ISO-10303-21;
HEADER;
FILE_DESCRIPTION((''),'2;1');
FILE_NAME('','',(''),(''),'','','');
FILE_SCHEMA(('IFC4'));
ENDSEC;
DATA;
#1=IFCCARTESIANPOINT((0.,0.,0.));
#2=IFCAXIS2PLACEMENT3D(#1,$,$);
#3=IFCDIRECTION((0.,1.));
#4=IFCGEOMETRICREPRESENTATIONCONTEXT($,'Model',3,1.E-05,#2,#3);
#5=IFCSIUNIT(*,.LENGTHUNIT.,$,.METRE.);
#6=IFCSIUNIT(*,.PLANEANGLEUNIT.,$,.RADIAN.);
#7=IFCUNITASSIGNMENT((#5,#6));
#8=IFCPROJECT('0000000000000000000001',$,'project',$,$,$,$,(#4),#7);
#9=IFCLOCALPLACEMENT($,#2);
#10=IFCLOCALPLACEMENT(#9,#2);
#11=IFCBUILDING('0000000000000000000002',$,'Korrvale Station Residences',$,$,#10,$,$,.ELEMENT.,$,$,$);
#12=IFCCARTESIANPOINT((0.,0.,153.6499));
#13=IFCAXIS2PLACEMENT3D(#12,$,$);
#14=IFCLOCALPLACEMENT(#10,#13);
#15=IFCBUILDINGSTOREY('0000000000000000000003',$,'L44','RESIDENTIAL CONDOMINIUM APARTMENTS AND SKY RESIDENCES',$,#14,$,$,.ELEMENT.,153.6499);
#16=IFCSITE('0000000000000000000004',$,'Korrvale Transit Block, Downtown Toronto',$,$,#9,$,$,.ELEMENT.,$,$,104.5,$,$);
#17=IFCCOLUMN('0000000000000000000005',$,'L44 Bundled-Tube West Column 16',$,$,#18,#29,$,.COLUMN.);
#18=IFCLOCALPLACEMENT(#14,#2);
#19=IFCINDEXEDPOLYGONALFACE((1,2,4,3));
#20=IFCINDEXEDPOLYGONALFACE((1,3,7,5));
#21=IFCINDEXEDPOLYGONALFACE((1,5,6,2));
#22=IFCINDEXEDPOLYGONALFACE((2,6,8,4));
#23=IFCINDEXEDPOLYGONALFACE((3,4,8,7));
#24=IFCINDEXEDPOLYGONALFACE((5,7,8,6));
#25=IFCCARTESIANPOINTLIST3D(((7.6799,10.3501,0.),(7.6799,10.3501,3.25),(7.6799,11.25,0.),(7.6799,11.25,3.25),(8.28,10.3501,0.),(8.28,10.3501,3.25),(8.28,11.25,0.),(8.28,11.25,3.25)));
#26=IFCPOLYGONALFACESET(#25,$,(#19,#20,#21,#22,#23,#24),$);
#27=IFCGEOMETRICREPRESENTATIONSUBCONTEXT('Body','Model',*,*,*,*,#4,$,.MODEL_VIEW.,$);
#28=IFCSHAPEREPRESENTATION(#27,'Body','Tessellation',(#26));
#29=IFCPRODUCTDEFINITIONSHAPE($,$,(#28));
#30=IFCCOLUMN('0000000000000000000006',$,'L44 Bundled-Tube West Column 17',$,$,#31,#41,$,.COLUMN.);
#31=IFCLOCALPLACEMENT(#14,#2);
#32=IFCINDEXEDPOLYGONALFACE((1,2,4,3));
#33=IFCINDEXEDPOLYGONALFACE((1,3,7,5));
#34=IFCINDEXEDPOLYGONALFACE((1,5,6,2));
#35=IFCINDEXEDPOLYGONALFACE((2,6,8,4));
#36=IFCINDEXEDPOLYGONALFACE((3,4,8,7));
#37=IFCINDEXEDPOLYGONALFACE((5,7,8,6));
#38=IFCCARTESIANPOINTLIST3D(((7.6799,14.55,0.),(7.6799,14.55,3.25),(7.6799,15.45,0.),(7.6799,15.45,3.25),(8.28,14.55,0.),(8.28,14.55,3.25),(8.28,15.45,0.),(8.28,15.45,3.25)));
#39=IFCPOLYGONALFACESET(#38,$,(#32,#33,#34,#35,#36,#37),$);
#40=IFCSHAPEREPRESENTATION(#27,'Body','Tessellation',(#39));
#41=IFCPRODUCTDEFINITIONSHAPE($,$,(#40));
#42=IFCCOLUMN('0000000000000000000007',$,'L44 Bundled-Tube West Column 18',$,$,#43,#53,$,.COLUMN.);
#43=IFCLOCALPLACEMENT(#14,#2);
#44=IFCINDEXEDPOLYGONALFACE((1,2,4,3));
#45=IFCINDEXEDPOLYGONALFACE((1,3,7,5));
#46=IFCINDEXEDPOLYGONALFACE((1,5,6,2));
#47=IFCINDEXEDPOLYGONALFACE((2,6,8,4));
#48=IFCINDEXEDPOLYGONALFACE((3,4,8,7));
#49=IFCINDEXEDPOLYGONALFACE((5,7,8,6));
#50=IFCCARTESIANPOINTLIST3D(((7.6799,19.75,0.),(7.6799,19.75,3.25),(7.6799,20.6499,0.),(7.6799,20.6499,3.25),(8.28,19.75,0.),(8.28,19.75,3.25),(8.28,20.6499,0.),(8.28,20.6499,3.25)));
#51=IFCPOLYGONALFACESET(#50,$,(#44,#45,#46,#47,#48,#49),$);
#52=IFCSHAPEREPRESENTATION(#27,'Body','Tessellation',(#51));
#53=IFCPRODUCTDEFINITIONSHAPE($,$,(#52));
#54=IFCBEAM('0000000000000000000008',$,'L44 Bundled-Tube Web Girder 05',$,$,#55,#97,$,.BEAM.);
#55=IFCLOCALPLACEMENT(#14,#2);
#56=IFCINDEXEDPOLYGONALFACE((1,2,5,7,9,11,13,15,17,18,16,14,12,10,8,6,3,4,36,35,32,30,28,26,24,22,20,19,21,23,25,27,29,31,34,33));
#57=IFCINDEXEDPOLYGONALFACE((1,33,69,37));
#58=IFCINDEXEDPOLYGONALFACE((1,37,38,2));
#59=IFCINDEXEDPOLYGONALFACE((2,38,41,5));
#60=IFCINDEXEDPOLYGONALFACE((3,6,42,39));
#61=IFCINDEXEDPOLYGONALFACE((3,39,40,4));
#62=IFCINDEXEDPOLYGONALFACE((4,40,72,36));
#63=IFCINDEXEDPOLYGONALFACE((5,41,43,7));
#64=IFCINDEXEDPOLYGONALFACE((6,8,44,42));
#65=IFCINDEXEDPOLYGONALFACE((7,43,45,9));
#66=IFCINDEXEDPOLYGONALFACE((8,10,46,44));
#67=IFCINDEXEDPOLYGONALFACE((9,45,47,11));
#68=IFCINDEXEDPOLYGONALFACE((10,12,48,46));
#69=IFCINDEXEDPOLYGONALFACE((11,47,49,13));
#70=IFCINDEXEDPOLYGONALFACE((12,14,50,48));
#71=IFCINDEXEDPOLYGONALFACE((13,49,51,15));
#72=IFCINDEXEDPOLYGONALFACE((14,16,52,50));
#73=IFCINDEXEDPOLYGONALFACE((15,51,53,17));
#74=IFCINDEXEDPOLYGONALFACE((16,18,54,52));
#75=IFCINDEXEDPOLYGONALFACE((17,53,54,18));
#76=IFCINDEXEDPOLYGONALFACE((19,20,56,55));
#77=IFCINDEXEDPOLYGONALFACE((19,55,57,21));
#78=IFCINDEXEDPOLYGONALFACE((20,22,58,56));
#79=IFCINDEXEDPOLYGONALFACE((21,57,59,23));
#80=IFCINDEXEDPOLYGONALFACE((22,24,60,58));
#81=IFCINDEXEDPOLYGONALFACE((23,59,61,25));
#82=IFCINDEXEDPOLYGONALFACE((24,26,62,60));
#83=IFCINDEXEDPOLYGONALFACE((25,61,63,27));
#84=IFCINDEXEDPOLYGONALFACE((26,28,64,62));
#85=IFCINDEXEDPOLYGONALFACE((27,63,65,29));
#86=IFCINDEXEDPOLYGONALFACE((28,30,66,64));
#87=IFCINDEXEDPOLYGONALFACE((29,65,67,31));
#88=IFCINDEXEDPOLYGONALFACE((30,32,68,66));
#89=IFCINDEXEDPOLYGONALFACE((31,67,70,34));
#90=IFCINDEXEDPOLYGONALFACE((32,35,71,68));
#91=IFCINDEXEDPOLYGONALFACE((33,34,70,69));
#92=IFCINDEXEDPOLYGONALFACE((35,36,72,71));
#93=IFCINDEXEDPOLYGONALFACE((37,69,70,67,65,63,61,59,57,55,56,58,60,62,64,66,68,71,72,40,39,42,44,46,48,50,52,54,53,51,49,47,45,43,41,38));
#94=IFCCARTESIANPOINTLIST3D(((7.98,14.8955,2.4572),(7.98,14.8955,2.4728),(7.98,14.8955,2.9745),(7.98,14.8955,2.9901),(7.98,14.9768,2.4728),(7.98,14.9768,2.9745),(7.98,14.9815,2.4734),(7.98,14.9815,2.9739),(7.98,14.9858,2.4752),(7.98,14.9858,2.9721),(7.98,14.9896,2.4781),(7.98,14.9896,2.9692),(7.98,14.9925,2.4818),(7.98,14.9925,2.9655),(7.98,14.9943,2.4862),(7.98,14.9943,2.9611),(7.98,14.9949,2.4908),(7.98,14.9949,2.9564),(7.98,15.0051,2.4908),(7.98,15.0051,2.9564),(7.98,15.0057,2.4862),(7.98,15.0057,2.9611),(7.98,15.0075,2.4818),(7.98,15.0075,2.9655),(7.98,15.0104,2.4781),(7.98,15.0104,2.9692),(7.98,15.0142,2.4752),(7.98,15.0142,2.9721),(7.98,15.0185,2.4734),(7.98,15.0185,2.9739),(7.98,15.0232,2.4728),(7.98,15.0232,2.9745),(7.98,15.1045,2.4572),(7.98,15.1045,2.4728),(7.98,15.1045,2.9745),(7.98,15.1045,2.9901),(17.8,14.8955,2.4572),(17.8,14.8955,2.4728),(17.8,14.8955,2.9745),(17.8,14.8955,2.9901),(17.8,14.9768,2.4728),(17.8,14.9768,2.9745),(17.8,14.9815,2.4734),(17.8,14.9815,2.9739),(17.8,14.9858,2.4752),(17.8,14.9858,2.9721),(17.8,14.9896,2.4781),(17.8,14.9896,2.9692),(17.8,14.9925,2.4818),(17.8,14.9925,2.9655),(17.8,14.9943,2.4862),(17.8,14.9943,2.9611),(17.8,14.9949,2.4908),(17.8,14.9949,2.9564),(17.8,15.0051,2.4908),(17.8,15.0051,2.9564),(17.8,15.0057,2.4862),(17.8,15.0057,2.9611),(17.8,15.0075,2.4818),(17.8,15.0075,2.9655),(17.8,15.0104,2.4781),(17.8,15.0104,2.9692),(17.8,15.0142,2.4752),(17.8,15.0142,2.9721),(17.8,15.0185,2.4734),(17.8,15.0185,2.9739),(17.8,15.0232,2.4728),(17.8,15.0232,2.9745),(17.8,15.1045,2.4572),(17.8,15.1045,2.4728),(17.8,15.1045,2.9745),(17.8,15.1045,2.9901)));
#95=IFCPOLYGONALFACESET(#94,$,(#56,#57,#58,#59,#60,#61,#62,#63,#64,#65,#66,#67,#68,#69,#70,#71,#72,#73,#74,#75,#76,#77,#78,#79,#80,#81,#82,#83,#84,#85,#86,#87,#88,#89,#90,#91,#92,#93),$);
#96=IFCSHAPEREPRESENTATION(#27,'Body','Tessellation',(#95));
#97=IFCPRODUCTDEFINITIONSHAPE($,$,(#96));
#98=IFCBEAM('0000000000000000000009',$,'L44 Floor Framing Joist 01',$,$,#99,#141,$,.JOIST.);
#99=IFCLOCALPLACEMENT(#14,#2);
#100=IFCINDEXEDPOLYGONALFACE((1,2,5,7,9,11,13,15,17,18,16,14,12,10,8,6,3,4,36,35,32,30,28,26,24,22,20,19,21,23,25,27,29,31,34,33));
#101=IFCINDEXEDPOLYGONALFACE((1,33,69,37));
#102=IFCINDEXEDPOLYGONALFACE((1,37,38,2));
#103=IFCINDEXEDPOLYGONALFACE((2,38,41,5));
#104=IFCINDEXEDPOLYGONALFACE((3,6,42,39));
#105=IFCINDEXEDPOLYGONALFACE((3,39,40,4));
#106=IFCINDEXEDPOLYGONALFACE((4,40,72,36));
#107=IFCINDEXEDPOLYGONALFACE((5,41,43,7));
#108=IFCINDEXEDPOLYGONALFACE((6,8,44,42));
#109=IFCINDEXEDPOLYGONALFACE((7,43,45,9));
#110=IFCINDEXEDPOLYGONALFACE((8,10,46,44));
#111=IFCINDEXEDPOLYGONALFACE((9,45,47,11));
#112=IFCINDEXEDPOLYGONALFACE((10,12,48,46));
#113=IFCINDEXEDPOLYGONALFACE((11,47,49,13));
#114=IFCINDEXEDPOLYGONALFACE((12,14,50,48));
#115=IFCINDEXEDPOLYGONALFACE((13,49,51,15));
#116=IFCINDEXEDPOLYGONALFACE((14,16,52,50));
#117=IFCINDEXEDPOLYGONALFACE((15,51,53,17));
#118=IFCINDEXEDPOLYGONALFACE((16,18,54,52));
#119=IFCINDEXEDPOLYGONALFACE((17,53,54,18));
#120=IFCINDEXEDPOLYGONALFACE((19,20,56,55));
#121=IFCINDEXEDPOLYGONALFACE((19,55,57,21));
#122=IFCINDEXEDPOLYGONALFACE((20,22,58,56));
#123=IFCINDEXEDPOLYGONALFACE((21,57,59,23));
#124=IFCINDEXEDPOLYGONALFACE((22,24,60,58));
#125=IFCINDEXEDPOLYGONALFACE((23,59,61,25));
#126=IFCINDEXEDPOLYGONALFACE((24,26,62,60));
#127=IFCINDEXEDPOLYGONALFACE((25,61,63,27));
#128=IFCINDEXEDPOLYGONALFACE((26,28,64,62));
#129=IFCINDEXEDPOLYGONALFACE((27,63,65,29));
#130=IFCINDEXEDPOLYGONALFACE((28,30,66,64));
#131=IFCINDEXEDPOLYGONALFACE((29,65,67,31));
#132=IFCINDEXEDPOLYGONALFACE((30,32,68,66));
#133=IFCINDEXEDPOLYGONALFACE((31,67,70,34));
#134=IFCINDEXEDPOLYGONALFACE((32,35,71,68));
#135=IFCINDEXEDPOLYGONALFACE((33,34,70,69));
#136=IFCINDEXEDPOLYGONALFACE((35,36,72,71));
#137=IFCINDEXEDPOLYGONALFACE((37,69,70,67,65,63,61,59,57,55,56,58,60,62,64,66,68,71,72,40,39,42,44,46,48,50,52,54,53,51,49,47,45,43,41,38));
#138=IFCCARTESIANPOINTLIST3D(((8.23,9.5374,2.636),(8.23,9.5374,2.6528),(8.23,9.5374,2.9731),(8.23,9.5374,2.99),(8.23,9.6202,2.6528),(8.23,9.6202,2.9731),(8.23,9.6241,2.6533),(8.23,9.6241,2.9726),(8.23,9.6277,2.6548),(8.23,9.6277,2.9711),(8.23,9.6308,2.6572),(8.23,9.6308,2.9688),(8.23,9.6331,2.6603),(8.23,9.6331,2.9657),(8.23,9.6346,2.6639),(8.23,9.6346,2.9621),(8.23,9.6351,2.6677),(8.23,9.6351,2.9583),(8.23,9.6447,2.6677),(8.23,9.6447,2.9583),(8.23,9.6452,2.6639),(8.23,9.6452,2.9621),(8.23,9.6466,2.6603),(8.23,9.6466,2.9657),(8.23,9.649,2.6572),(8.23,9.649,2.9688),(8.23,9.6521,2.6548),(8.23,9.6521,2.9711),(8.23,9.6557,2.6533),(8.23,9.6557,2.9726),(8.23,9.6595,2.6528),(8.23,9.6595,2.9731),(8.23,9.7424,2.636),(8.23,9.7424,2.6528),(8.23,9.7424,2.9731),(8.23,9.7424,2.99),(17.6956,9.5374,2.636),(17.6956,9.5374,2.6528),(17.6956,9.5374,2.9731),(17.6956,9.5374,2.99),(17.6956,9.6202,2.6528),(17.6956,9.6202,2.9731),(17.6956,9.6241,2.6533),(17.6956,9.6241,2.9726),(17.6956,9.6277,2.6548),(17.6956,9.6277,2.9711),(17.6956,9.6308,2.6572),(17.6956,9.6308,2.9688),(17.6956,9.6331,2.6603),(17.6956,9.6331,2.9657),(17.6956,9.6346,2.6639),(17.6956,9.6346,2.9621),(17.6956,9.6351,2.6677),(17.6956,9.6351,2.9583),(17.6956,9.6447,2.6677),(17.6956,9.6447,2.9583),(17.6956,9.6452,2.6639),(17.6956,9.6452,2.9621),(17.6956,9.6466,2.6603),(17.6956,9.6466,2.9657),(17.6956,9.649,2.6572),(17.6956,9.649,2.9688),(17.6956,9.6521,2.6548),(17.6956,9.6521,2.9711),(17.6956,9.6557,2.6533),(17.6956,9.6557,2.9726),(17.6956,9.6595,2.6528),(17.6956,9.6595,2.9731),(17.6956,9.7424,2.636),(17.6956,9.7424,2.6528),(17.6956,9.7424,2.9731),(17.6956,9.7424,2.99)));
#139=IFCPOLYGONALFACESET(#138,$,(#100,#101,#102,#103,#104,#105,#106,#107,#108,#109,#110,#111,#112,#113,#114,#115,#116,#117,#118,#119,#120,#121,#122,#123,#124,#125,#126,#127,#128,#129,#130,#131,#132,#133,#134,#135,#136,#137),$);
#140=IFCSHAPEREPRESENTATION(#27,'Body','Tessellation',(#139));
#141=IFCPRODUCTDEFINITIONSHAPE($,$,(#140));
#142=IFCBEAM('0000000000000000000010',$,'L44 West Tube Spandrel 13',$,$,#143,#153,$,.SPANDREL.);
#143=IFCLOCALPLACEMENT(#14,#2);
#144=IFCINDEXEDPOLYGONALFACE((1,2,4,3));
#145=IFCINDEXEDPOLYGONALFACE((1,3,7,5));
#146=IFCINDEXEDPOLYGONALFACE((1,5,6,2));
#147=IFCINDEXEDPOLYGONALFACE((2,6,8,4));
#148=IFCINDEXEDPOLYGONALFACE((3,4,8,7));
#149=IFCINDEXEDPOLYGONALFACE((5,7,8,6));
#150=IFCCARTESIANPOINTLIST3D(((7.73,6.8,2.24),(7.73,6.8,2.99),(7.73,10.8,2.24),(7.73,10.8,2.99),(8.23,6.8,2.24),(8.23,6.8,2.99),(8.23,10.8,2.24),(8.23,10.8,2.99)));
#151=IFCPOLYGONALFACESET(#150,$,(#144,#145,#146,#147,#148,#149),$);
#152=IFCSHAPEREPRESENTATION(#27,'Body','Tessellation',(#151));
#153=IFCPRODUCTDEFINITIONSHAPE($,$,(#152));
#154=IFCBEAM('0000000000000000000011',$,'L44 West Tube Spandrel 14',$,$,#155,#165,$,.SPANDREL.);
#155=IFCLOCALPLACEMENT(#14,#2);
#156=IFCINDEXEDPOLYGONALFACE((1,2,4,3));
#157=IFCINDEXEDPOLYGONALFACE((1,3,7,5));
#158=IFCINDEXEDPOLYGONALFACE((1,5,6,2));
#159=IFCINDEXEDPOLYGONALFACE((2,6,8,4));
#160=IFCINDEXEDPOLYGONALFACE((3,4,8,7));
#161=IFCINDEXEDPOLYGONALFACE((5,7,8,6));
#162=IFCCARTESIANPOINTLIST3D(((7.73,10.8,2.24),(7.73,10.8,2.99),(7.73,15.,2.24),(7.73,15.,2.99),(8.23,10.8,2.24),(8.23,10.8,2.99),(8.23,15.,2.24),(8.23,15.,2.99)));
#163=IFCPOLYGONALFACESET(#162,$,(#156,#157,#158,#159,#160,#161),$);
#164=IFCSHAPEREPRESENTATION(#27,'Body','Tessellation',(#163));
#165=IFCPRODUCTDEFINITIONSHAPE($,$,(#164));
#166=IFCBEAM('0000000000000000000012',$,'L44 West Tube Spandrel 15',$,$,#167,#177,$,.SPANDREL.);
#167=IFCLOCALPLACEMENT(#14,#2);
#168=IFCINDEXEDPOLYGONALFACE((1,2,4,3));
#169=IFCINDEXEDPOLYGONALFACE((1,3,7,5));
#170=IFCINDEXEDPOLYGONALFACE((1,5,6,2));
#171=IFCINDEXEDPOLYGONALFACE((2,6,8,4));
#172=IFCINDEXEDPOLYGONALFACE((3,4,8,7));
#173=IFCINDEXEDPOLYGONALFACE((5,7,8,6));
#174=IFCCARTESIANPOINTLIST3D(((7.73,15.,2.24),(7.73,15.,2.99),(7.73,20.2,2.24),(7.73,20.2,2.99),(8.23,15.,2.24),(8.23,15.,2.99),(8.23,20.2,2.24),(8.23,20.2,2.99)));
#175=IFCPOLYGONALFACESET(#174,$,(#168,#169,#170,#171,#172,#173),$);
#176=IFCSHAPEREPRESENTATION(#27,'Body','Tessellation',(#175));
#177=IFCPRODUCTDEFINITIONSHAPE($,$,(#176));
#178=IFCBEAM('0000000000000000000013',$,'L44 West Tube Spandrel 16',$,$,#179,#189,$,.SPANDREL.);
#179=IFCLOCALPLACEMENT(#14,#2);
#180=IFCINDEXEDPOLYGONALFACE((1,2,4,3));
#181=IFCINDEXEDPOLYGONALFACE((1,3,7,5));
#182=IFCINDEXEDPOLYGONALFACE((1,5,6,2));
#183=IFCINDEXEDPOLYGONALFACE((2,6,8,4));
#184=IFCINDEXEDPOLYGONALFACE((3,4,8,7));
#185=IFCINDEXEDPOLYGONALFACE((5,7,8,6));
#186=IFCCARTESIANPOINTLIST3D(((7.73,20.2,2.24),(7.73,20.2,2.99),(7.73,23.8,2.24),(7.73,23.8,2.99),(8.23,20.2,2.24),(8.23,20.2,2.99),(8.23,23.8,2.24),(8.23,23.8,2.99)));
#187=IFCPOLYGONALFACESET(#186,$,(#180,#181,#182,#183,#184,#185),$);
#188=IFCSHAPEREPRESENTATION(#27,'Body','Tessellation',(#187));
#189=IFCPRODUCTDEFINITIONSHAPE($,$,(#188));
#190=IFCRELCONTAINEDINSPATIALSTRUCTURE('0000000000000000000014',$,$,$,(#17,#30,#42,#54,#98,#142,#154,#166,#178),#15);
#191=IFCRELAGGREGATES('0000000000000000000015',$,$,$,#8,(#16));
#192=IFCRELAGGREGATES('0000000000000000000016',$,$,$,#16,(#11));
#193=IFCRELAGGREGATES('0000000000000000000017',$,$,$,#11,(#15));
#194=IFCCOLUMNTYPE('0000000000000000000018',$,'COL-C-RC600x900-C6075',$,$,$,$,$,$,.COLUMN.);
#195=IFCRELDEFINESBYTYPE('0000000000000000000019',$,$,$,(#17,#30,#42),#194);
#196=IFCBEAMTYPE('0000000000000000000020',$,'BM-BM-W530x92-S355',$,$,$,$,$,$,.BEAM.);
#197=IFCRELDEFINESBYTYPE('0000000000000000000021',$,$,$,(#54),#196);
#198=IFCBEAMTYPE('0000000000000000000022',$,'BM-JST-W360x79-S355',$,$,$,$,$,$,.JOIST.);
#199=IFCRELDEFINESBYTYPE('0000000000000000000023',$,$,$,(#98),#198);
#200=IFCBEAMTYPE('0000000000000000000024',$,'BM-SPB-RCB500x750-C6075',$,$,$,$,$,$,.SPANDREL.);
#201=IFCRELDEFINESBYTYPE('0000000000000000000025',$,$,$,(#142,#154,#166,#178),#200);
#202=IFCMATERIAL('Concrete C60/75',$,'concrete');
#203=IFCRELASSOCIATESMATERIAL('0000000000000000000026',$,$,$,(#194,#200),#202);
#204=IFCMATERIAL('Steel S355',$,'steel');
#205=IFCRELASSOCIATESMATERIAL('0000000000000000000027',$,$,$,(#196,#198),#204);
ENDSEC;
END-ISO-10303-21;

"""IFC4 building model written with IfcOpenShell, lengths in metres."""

from ifc_helpers import new_model, si_unit, direction, frame, origin, origin_2d, place, context, subcontext, project, spatial, rectangle, i_section, extrude, material, material_profile, profile_set, type_object, element, save


model = new_model("IFC4")

# Units and contexts
model_context = context("Model", 3, precision=1e-05, world=origin(), true_north=direction((0.0, 1.0)))
body_context = subcontext(model_context, "Body", "Model", "MODEL_VIEW")
ifc_project = project(units=[si_unit("LENGTHUNIT", "METRE"), si_unit("PLANEANGLEUNIT", "RADIAN")], contexts=[model_context])

# Site, building, storey
site_placement = place(None, origin())
site = spatial("IfcSite", under=ifc_project, at=site_placement, Name="Korrvale Transit Block, Downtown Toronto", CompositionType="ELEMENT", RefElevation=104.5)
building_placement = place(site_placement, origin())
building = spatial("IfcBuilding", under=site, at=building_placement, Name="Korrvale Station Residences", CompositionType="ELEMENT")
storey_placement = place(building_placement, frame((0.0, 0.0, 153.6499)))
storey = spatial("IfcBuildingStorey", under=building, at=storey_placement, Name="L44", Description="RESIDENTIAL CONDOMINIUM APARTMENTS AND SKY RESIDENCES", CompositionType="ELEMENT", Elevation=153.6499)

# Columns
ifc_material_1 = material(Name="Concrete C60/75", Category="concrete")
ifc_material_profile_1 = material_profile(ifc_material_1, rectangle(XDim=0.6001, YDim=0.8999, at=origin_2d()), Name="RC600x900")
ifc_profile_set_1 = profile_set([ifc_material_profile_1], Name="Concrete C60/75")
column_type = type_object("IfcColumnType", Name="COL-C-RC600x900-C6075", PredefinedType="COLUMN", material=ifc_profile_set_1)
for number, where, z_axis, x_axis, name in (
    (1, (7.98, 10.8, 0.0), (0.0, 0.0, 1.0), (1.0, 0.0, 0.0), "L44 Bundled-Tube West Column 16"),
    (2, (7.98, 15.0, 0.0), (0.0, 0.0, 1.0), (1.0, 0.0, 0.0), "L44 Bundled-Tube West Column 17"),
    (3, (7.98, 20.2, 0.0), (0.0, 0.0, 1.0), (1.0, 0.0, 0.0), "L44 Bundled-Tube West Column 18"),
):
    element("IfcColumn", number, at=place(storey_placement, frame(where, z_axis=z_axis, x_axis=x_axis)), inside=storey, type_object=column_type, Name=name, PredefinedType="COLUMN", context=body_context, shape_type="SweptSolid", body=[
        extrude(rectangle(XDim=0.6001, YDim=0.8999, at=origin_2d()), origin(), (0.0, 0.0, 1.0), 3.25),
    ])

# Beams
ifc_material_2 = material(Name="Steel S355", Category="steel")
ifc_material_profile_2 = material_profile(ifc_material_2, i_section(OverallWidth=0.209, OverallDepth=0.533, WebThickness=0.0103, FlangeThickness=0.0156, FilletRadius=0.0181, at=origin_2d()), Name="W530x92")
ifc_profile_set_2 = profile_set([ifc_material_profile_2], Name="Steel S355")
beam_type_1 = type_object("IfcBeamType", Name="BM-BM-W530x92-S355", PredefinedType="BEAM", material=ifc_profile_set_2)
beam_1_placement = place(storey_placement, frame((7.98, 15.0, 2.7236), z_axis=(1.0, 0.0, 0.0), x_axis=(0.0, 1.0, 0.0)))
element("IfcBeam", 4, at=beam_1_placement, inside=storey, type_object=beam_type_1, Name="L44 Bundled-Tube Web Girder 05", PredefinedType="BEAM", context=body_context, shape_type="SweptSolid", body=[
    extrude(i_section(OverallWidth=0.209, OverallDepth=0.533, WebThickness=0.0103, FlangeThickness=0.0156, FilletRadius=0.0181, at=origin_2d()), origin(), (0.0, 0.0, 1.0), 9.8201),
])
ifc_material_profile_3 = material_profile(ifc_material_2, i_section(OverallWidth=0.2051, OverallDepth=0.354, WebThickness=0.0095, FlangeThickness=0.0168, FilletRadius=0.0149, at=origin_2d()), Name="W360x79")
ifc_profile_set_3 = profile_set([ifc_material_profile_3], Name="Steel S355")
beam_type_2 = type_object("IfcBeamType", Name="BM-JST-W360x79-S355", PredefinedType="JOIST", material=ifc_profile_set_3)
beam_2_placement = place(storey_placement, frame((8.23, 9.6399, 2.813), z_axis=(1.0, 0.0, 0.0), x_axis=(0.0, 1.0, 0.0)))
element("IfcBeam", 5, at=beam_2_placement, inside=storey, type_object=beam_type_2, Name="L44 Floor Framing Joist 01", PredefinedType="JOIST", context=body_context, shape_type="SweptSolid", body=[
    extrude(i_section(OverallWidth=0.2051, OverallDepth=0.354, WebThickness=0.0095, FlangeThickness=0.0168, FilletRadius=0.0149, at=origin_2d()), origin(), (0.0, 0.0, 1.0), 9.4656),
])
ifc_material_profile_4 = material_profile(ifc_material_1, rectangle(XDim=0.5, YDim=0.75, at=origin_2d()), Name="RCB500x750")
ifc_profile_set_4 = profile_set([ifc_material_profile_4], Name="Concrete C60/75")
beam_type_3 = type_object("IfcBeamType", Name="BM-SPB-RCB500x750-C6075", PredefinedType="SPANDREL", material=ifc_profile_set_4)
beam_3_placement = place(storey_placement, frame((7.98, 6.8, 2.615), z_axis=(0.0, 1.0, 0.0), x_axis=(-1.0, 0.0, 0.0)))
element("IfcBeam", 6, at=beam_3_placement, inside=storey, type_object=beam_type_3, Name="L44 West Tube Spandrel 13", PredefinedType="SPANDREL", context=body_context, shape_type="SweptSolid", body=[
    extrude(rectangle(XDim=0.5, YDim=0.75, at=origin_2d()), origin(), (0.0, 0.0, 1.0), 4.0),
])
beam_4_placement = place(storey_placement, frame((7.98, 10.8, 2.615), z_axis=(0.0, 1.0, 0.0), x_axis=(-1.0, 0.0, 0.0)))
element("IfcBeam", 7, at=beam_4_placement, inside=storey, type_object=beam_type_3, Name="L44 West Tube Spandrel 14", PredefinedType="SPANDREL", context=body_context, shape_type="SweptSolid", body=[
    extrude(rectangle(XDim=0.5, YDim=0.75, at=origin_2d()), origin(), (0.0, 0.0, 1.0), 4.2),
])
beam_5_placement = place(storey_placement, frame((7.98, 15.0, 2.615), z_axis=(0.0, 1.0, 0.0), x_axis=(-1.0, 0.0, 0.0)))
element("IfcBeam", 8, at=beam_5_placement, inside=storey, type_object=beam_type_3, Name="L44 West Tube Spandrel 15", PredefinedType="SPANDREL", context=body_context, shape_type="SweptSolid", body=[
    extrude(rectangle(XDim=0.5, YDim=0.75, at=origin_2d()), origin(), (0.0, 0.0, 1.0), 5.2),
])
beam_6_placement = place(storey_placement, frame((7.98, 20.2, 2.615), z_axis=(0.0, 1.0, 0.0), x_axis=(-1.0, 0.0, 0.0)))
element("IfcBeam", 9, at=beam_6_placement, inside=storey, type_object=beam_type_3, Name="L44 West Tube Spandrel 16", PredefinedType="SPANDREL", context=body_context, shape_type="SweptSolid", body=[
    extrude(rectangle(XDim=0.5, YDim=0.75, at=origin_2d()), origin(), (0.0, 0.0, 1.0), 3.6001),
])

save(model, "model.ifc")
